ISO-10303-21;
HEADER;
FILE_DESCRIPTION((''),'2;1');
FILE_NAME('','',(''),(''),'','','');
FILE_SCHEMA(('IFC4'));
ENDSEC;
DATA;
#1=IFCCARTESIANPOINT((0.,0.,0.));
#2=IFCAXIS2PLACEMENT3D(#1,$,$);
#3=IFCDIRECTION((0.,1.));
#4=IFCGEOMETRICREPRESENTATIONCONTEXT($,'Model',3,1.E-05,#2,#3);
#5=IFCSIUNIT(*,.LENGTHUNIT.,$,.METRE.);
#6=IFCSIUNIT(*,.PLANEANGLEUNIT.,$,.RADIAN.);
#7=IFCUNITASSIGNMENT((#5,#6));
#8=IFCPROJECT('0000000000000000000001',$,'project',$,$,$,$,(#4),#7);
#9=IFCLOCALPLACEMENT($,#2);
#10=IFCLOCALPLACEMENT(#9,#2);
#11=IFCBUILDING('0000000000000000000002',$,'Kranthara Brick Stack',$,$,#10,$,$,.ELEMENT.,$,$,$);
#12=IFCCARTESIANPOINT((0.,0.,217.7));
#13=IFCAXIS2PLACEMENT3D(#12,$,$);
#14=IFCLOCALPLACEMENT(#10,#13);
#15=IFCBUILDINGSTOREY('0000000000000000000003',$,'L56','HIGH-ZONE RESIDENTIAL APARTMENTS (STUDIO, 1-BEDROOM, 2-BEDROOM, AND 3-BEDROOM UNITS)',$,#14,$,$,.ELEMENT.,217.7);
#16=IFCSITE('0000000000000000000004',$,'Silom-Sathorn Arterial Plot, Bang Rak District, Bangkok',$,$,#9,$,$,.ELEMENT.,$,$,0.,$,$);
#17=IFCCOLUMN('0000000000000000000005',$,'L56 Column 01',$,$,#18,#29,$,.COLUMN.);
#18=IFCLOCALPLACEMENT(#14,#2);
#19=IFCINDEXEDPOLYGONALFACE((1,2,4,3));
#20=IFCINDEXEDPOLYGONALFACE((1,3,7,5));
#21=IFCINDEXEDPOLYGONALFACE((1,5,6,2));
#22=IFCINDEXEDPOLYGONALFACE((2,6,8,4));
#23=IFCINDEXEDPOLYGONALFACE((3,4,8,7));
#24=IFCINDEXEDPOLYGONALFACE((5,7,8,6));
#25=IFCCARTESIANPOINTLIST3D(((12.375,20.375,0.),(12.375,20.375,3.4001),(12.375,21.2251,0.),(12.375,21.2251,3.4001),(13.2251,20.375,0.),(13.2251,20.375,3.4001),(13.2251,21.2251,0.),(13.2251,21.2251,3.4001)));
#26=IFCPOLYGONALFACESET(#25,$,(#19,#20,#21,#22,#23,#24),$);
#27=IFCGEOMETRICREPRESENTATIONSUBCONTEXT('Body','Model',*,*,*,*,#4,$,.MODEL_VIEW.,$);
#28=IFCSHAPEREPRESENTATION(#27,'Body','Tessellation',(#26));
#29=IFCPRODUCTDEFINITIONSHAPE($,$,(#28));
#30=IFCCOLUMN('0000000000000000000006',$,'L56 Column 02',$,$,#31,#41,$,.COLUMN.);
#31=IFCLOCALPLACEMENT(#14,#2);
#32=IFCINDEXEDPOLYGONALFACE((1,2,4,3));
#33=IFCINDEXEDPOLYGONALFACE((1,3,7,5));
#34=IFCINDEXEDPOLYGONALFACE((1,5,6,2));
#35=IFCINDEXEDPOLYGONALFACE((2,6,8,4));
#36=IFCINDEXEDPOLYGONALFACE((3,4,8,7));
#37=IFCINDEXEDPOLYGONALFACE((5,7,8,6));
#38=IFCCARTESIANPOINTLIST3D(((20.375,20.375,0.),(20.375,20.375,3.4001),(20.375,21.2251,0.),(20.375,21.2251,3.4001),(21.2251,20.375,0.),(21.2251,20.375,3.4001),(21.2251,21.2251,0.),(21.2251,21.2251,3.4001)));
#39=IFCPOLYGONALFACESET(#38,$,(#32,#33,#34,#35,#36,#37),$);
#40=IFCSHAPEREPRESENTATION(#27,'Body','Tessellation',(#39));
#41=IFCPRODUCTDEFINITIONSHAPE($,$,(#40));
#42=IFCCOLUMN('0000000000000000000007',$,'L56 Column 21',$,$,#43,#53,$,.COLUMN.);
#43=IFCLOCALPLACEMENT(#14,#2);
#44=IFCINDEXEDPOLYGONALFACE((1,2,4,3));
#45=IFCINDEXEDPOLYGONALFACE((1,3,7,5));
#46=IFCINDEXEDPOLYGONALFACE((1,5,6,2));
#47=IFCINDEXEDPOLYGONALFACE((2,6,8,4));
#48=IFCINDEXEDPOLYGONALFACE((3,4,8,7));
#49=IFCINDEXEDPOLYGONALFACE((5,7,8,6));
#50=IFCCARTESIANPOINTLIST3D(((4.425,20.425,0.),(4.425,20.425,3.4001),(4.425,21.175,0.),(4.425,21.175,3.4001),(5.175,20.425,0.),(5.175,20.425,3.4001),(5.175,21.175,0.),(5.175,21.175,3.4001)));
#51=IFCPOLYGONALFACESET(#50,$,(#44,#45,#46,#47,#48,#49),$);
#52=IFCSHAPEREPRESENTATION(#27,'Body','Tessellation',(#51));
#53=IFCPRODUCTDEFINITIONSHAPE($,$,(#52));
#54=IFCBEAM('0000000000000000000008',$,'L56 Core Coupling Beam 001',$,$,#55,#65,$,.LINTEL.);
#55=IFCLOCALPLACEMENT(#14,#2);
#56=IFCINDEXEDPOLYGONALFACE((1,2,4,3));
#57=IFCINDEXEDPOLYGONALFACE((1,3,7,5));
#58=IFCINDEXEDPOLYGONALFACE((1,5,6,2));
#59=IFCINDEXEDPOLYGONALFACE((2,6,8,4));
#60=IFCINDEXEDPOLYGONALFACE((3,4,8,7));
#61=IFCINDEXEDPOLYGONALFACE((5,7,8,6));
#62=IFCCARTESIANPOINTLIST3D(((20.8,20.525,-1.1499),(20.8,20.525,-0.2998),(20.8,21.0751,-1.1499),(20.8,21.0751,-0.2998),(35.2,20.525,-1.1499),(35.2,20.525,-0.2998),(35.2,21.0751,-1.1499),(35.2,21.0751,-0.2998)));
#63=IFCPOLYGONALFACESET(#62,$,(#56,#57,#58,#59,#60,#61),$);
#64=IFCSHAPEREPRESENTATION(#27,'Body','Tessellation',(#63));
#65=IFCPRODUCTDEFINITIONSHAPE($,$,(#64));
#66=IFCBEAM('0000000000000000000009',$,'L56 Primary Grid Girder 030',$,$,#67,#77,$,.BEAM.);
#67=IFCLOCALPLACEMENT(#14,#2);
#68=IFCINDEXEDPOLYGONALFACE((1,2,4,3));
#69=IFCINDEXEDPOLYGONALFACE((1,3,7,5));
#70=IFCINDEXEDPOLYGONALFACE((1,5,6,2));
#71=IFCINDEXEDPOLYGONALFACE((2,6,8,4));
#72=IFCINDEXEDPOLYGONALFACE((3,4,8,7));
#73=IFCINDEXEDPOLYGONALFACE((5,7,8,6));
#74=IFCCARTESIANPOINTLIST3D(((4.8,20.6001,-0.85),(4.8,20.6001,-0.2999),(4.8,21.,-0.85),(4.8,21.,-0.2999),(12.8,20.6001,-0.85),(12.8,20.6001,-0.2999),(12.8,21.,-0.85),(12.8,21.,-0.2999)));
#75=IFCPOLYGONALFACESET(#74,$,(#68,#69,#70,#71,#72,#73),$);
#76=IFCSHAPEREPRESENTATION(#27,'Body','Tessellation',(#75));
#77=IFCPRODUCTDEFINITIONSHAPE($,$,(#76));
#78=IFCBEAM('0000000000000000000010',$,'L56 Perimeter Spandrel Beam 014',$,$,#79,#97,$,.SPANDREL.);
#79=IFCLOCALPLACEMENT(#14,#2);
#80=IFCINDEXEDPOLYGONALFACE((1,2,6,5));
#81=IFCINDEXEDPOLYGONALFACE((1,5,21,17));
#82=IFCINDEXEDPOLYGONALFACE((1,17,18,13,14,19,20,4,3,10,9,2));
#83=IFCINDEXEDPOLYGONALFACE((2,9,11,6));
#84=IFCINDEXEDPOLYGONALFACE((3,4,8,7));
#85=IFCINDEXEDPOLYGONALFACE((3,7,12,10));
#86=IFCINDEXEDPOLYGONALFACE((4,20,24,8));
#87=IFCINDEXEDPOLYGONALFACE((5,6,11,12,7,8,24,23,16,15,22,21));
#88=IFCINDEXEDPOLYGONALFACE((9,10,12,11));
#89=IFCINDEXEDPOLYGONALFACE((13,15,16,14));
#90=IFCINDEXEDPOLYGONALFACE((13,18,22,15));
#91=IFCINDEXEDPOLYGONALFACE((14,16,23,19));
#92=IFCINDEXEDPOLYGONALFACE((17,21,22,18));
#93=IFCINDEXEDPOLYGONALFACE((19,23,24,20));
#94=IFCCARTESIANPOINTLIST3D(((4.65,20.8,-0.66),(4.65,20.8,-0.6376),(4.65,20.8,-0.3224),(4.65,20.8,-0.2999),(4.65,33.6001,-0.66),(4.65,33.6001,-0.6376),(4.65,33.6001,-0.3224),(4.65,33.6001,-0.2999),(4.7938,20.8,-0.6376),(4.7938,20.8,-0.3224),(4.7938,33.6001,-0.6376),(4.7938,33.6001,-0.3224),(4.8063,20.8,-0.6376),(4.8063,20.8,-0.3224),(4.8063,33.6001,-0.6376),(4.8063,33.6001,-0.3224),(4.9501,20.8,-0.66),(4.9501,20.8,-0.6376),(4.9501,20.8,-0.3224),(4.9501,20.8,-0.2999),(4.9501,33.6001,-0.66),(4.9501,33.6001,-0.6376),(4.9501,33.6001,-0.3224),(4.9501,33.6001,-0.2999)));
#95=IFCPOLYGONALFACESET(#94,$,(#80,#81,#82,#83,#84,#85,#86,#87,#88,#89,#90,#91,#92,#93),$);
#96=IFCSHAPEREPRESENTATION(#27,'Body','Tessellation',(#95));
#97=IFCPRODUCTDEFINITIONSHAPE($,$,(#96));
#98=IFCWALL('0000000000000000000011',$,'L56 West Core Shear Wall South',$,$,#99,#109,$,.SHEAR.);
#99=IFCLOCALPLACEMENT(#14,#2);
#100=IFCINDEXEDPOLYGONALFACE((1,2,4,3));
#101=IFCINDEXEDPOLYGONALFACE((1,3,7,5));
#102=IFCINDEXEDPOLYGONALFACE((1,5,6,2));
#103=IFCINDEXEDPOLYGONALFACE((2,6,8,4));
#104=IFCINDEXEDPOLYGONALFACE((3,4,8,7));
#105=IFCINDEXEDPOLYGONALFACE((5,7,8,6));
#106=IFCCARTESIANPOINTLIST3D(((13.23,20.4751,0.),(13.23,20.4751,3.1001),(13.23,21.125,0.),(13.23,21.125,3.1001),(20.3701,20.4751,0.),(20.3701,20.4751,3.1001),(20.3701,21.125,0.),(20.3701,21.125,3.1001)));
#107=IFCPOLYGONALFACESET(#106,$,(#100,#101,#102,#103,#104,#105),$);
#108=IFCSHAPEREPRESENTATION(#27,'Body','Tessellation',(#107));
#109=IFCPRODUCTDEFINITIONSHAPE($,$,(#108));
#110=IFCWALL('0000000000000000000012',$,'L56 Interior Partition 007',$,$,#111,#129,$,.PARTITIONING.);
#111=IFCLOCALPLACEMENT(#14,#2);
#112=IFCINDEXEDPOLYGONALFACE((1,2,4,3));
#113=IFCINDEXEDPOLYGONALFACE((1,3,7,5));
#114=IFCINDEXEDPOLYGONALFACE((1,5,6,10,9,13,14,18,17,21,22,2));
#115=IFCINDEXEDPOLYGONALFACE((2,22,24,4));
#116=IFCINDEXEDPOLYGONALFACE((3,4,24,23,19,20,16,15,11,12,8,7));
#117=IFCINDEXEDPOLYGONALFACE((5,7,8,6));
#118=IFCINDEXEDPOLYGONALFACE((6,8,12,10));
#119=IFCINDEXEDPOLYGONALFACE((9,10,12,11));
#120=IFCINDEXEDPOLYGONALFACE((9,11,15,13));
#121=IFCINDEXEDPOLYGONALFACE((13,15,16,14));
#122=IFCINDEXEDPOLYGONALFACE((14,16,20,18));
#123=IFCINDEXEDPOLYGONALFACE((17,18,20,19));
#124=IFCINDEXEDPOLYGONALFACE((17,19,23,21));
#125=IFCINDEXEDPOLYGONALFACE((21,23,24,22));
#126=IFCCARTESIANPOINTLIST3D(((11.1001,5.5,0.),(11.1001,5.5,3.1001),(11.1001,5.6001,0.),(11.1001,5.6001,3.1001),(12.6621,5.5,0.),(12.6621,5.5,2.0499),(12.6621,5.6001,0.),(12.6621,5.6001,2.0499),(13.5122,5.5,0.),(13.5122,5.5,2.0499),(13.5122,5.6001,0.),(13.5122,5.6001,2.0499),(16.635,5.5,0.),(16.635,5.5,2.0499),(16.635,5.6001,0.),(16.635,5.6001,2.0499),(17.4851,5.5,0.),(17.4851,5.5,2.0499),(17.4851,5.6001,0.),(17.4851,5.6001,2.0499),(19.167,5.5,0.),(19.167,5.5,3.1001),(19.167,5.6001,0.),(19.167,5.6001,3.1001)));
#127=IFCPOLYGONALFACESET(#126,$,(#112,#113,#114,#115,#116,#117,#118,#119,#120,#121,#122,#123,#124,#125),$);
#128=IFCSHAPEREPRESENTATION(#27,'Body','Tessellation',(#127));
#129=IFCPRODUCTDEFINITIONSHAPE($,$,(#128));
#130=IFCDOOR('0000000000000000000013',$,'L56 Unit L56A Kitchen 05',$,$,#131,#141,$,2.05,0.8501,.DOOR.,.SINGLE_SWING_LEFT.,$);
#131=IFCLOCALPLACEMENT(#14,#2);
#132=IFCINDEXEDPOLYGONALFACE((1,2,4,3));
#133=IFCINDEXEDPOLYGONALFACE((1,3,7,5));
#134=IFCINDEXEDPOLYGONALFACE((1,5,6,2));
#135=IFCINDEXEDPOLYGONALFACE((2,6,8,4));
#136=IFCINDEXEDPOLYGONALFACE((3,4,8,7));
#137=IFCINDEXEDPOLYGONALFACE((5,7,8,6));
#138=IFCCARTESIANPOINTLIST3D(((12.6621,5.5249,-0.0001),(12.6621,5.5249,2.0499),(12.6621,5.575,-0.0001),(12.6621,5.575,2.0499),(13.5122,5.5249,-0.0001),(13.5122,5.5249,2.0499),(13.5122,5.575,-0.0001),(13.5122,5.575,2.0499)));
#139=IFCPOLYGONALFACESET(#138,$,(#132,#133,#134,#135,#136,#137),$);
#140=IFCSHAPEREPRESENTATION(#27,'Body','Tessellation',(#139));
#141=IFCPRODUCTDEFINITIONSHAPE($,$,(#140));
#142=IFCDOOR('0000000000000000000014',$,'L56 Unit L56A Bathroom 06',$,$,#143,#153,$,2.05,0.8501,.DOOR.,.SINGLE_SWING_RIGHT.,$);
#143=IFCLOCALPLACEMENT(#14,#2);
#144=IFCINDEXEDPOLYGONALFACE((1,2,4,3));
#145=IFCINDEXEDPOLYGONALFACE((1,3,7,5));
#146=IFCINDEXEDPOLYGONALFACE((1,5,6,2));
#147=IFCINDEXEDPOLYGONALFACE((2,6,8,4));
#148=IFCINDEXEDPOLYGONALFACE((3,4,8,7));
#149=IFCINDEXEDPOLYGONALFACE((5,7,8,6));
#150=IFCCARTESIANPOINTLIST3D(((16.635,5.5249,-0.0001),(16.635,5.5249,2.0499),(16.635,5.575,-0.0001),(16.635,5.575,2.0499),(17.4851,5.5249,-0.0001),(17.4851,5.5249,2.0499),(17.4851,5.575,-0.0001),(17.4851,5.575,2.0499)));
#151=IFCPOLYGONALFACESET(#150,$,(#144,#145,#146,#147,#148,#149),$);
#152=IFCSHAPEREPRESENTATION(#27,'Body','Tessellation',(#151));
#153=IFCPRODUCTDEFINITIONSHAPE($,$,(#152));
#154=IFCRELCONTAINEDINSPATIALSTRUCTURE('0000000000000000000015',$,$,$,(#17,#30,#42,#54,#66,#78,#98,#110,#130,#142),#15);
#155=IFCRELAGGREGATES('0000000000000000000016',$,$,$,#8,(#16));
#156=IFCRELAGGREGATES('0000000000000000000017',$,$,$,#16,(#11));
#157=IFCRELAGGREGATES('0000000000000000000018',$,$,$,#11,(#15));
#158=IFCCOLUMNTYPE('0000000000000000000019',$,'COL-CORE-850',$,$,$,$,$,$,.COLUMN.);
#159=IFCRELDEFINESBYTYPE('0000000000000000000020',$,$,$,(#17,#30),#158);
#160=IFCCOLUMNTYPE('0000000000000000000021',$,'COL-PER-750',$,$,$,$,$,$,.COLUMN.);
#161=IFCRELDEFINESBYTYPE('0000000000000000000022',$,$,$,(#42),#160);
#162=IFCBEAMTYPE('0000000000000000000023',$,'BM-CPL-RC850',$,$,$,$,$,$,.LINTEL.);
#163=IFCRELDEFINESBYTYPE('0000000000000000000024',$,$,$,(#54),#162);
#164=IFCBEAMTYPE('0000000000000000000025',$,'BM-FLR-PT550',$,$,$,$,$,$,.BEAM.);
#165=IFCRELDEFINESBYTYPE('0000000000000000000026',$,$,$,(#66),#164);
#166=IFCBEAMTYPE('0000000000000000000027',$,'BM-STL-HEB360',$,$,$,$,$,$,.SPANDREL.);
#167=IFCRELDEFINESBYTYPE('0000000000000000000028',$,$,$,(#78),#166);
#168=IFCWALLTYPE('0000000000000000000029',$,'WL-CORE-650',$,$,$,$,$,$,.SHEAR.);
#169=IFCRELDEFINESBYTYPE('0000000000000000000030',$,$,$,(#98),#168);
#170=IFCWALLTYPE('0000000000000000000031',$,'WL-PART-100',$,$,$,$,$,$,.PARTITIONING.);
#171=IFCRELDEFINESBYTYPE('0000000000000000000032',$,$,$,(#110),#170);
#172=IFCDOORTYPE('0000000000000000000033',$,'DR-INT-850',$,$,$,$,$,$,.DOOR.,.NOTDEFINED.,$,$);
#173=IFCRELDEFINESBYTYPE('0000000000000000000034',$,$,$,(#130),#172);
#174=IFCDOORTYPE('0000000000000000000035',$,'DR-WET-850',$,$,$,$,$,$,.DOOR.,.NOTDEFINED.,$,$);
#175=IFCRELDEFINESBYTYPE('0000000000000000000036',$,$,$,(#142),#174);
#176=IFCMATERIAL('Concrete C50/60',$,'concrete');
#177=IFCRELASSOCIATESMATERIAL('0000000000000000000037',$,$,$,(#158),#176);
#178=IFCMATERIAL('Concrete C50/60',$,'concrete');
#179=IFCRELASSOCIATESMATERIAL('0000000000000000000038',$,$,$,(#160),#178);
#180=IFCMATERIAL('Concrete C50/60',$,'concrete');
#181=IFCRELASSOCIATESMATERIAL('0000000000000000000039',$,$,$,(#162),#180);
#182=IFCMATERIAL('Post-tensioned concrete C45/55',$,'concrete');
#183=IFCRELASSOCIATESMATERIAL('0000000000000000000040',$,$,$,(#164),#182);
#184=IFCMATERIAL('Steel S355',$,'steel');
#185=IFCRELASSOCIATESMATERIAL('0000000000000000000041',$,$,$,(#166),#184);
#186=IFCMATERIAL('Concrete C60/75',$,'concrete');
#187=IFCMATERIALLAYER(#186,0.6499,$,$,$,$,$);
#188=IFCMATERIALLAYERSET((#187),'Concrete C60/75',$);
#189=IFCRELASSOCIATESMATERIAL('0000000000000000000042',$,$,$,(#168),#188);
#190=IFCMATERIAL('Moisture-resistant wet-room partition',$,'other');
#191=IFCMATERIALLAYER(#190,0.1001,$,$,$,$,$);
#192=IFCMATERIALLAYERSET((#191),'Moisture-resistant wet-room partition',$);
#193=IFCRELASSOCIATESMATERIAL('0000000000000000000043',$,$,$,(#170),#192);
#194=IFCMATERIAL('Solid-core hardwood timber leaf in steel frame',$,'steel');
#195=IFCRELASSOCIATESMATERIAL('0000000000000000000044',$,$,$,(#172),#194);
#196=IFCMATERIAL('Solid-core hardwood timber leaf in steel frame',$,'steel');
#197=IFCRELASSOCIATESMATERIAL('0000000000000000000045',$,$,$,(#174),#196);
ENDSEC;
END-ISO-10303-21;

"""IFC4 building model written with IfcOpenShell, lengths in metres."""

from ifc_helpers import new_model, si_unit, direction, frame, frame_2d, origin, origin_2d, place, context, subcontext, project, spatial, rectangle, i_section, extrude, material, layer, layer_set, material_profile, profile_set, type_object, element, fill, save


model = new_model("IFC4")

# Units and contexts
model_context = context("Model", 3, precision=1e-05, world=origin(), true_north=direction((0.0, 1.0)))
body_context = subcontext(model_context, "Body", "Model", "MODEL_VIEW")
ifc_project = project(units=[si_unit("LENGTHUNIT", "METRE"), si_unit("PLANEANGLEUNIT", "RADIAN")], contexts=[model_context])

# Site, building, storey
site_placement = place(None, origin())
site = spatial("IfcSite", under=ifc_project, at=site_placement, Name="Silom-Sathorn Arterial Plot, Bang Rak District, Bangkok", CompositionType="ELEMENT", RefElevation=0.0)
building_placement = place(site_placement, origin())
building = spatial("IfcBuilding", under=site, at=building_placement, Name="Kranthara Brick Stack", CompositionType="ELEMENT")
storey_placement = place(building_placement, frame((0.0, 0.0, 217.7)))
storey = spatial("IfcBuildingStorey", under=building, at=storey_placement, Name="L56", Description="HIGH-ZONE RESIDENTIAL APARTMENTS (STUDIO, 1-BEDROOM, 2-BEDROOM, AND 3-BEDROOM UNITS)", CompositionType="ELEMENT", Elevation=217.7)

# Columns
ifc_material_1 = material(Name="Concrete C50/60", Category="concrete")
ifc_material_profile_1 = material_profile(ifc_material_1, rectangle(XDim=0.8501, YDim=0.8501, at=origin_2d()), Name="RC 850x850")
ifc_profile_set_1 = profile_set([ifc_material_profile_1], Name="Concrete C50/60")
column_type_1 = type_object("IfcColumnType", Name="COL-CORE-850", PredefinedType="COLUMN", material=ifc_profile_set_1)
for number, where, z_axis, x_axis, name in (
    (1, (12.8, 20.8, 0.0), (0.0, 0.0, 1.0), (1.0, 0.0, 0.0), "L56 Column 01"),
    (2, (20.8, 20.8, 0.0), (0.0, 0.0, 1.0), (1.0, 0.0, 0.0), "L56 Column 02"),
):
    element("IfcColumn", number, at=place(storey_placement, frame(where, z_axis=z_axis, x_axis=x_axis)), inside=storey, type_object=column_type_1, Name=name, PredefinedType="COLUMN", context=body_context, shape_type="SweptSolid", body=[
        extrude(rectangle(XDim=0.8501, YDim=0.8501, at=origin_2d()), origin(), (0.0, 0.0, 1.0), 3.4001),
    ])
ifc_material_2 = material(Name="Concrete C50/60", Category="concrete")
ifc_material_profile_2 = material_profile(ifc_material_2, rectangle(XDim=0.75, YDim=0.75, at=origin_2d()), Name="RC 750x750")
ifc_profile_set_2 = profile_set([ifc_material_profile_2], Name="Concrete C50/60")
column_type_2 = type_object("IfcColumnType", Name="COL-PER-750", PredefinedType="COLUMN", material=ifc_profile_set_2)
column_placement = place(storey_placement, frame((4.8, 20.8, 0.0), z_axis=(0.0, 0.0, 1.0), x_axis=(1.0, 0.0, 0.0)))
element("IfcColumn", 3, at=column_placement, inside=storey, type_object=column_type_2, Name="L56 Column 21", PredefinedType="COLUMN", context=body_context, shape_type="SweptSolid", body=[
    extrude(rectangle(XDim=0.75, YDim=0.75, at=origin_2d()), origin(), (0.0, 0.0, 1.0), 3.4001),
])

# Beams
ifc_material_3 = material(Name="Concrete C50/60", Category="concrete")
ifc_material_profile_3 = material_profile(ifc_material_3, rectangle(XDim=0.55, YDim=0.8501, at=origin_2d()), Name="RC 550x850")
ifc_profile_set_3 = profile_set([ifc_material_profile_3], Name="Concrete C50/60")
beam_type_1 = type_object("IfcBeamType", Name="BM-CPL-RC850", PredefinedType="LINTEL", material=ifc_profile_set_3)
beam_1_placement = place(storey_placement, frame((20.8, 20.8, -0.7249), z_axis=(1.0, 0.0, 0.0), x_axis=(0.0, 1.0, 0.0)))
element("IfcBeam", 4, at=beam_1_placement, inside=storey, type_object=beam_type_1, Name="L56 Core Coupling Beam 001", PredefinedType="LINTEL", context=body_context, shape_type="SweptSolid", body=[
    extrude(rectangle(XDim=0.55, YDim=0.8501, at=origin_2d()), origin(), (0.0, 0.0, 1.0), 14.3999),
])
ifc_material_4 = material(Name="Post-tensioned concrete C45/55", Category="concrete")
ifc_material_profile_4 = material_profile(ifc_material_4, rectangle(XDim=0.3999, YDim=0.55, at=origin_2d()), Name="PT 400x550")
ifc_profile_set_4 = profile_set([ifc_material_profile_4], Name="Post-tensioned concrete C45/55")
beam_type_2 = type_object("IfcBeamType", Name="BM-FLR-PT550", PredefinedType="BEAM", material=ifc_profile_set_4)
beam_2_placement = place(storey_placement, frame((4.8, 20.8, -0.575), z_axis=(1.0, 0.0, 0.0), x_axis=(0.0, 1.0, 0.0)))
element("IfcBeam", 5, at=beam_2_placement, inside=storey, type_object=beam_type_2, Name="L56 Primary Grid Girder 030", PredefinedType="BEAM", context=body_context, shape_type="SweptSolid", body=[
    extrude(rectangle(XDim=0.3999, YDim=0.55, at=origin_2d()), origin(), (0.0, 0.0, 1.0), 8.0),
])
ifc_material_5 = material(Name="Steel S355", Category="steel")
ifc_material_profile_5 = material_profile(ifc_material_5, i_section(OverallWidth=0.3, OverallDepth=0.3601, WebThickness=0.0125, FlangeThickness=0.0225, at=origin_2d()), Name="HEB 360")
ifc_profile_set_5 = profile_set([ifc_material_profile_5], Name="Steel S355")
beam_type_3 = type_object("IfcBeamType", Name="BM-STL-HEB360", PredefinedType="SPANDREL", material=ifc_profile_set_5)
beam_3_placement = place(storey_placement, frame((4.8, 20.8, -0.48), z_axis=(0.0, 1.0, 0.0), x_axis=(-1.0, 0.0, 0.0)))
element("IfcBeam", 6, at=beam_3_placement, inside=storey, type_object=beam_type_3, Name="L56 Perimeter Spandrel Beam 014", PredefinedType="SPANDREL", context=body_context, shape_type="SweptSolid", body=[
    extrude(i_section(OverallWidth=0.3, OverallDepth=0.3601, WebThickness=0.0125, FlangeThickness=0.0225, at=origin_2d()), origin(), (0.0, 0.0, 1.0), 12.8),
])

# Wall
ifc_material_6 = material(Name="Concrete C60/75", Category="concrete")
ifc_layer_1 = layer(ifc_material_6, 0.6499)
ifc_layer_set_1 = layer_set([ifc_layer_1], Name="Concrete C60/75")
wall_type_1 = type_object("IfcWallType", Name="WL-CORE-650", PredefinedType="SHEAR", material=ifc_layer_set_1)
wall_1_placement = place(storey_placement, frame((13.23, 20.8, 0.0), z_axis=(0.0, 0.0, 1.0), x_axis=(1.0, 0.0, 0.0)))
element("IfcWall", 7, at=wall_1_placement, inside=storey, type_object=wall_type_1, Name="L56 West Core Shear Wall South", PredefinedType="SHEAR", context=body_context, shape_type="SweptSolid", body=[
    extrude(rectangle(XDim=7.1401, YDim=0.6499, at=frame_2d((3.5701, 0.0))), origin(), (0.0, 0.0, 1.0), 3.1001),
])

# Wall, openings, doors
ifc_material_7 = material(Name="Moisture-resistant wet-room partition", Category="other")
ifc_layer_2 = layer(ifc_material_7, 0.1001)
ifc_layer_set_2 = layer_set([ifc_layer_2], Name="Moisture-resistant wet-room partition")
wall_type_2 = type_object("IfcWallType", Name="WL-PART-100", PredefinedType="PARTITIONING", material=ifc_layer_set_2)
wall_2_placement = place(storey_placement, frame((11.1001, 5.55, 0.0), z_axis=(0.0, 0.0, 1.0), x_axis=(1.0, 0.0, 0.0)))
wall_2 = element("IfcWall", 8, at=wall_2_placement, inside=storey, type_object=wall_type_2, Name="L56 Interior Partition 007", PredefinedType="PARTITIONING", context=body_context, shape_type="SweptSolid", body=[
    extrude(rectangle(XDim=8.0669, YDim=0.1001, at=frame_2d((4.0334, 0.0))), origin(), (0.0, 0.0, 1.0), 3.1001),
])
opening_1_placement = place(wall_2_placement, frame((1.562, 0.0, 0.0)))
opening_1 = element("IfcOpeningElement", 9, at=opening_1_placement, cuts=wall_2, PredefinedType="OPENING", context=body_context, shape_type="SweptSolid", body=[
    extrude(rectangle(XDim=0.8501, YDim=2.05, at=frame_2d((0.425, 1.0249))), frame((0.0, 0.0601, 0.0), z_axis=(0.0, -1.0, 0.0), x_axis=(1.0, 0.0, 0.0)), (0.0, 0.0, 1.0), 0.1201),
])
opening_2_placement = place(wall_2_placement, frame((5.5349, 0.0, 0.0)))
opening_2 = element("IfcOpeningElement", 10, at=opening_2_placement, cuts=wall_2, PredefinedType="OPENING", context=body_context, shape_type="SweptSolid", body=[
    extrude(rectangle(XDim=0.8501, YDim=2.05, at=frame_2d((0.425, 1.0249))), frame((0.0, 0.0601, 0.0), z_axis=(0.0, -1.0, 0.0), x_axis=(1.0, 0.0, 0.0)), (0.0, 0.0, 1.0), 0.1201),
])
ifc_material_8 = material(Name="Solid-core hardwood timber leaf in steel frame", Category="steel")
door_type_1 = type_object("IfcDoorType", Name="DR-INT-850", OperationType="NOTDEFINED", PredefinedType="DOOR", material=ifc_material_8)
door_1_placement = place(opening_1_placement, origin())
door_1 = element("IfcDoor", 11, at=door_1_placement, inside=storey, type_object=door_type_1, Name="L56 Unit L56A Kitchen 05", OperationType="SINGLE_SWING_LEFT", OverallHeight=2.05, OverallWidth=0.8501, PredefinedType="DOOR", context=body_context, shape_type="SweptSolid", body=[
    extrude(rectangle(XDim=0.8501, YDim=2.05, at=frame_2d((0.425, 1.0249))), frame((0.0, 0.0249, 0.0), z_axis=(0.0, -1.0, 0.0), x_axis=(1.0, 0.0, 0.0)), (0.0, 0.0, 1.0), 0.05),
])
fill(opening_1, door_1)
ifc_material_9 = material(Name="Solid-core hardwood timber leaf in steel frame", Category="steel")
door_type_2 = type_object("IfcDoorType", Name="DR-WET-850", OperationType="NOTDEFINED", PredefinedType="DOOR", material=ifc_material_9)
door_2_placement = place(opening_2_placement, origin())
door_2 = element("IfcDoor", 12, at=door_2_placement, inside=storey, type_object=door_type_2, Name="L56 Unit L56A Bathroom 06", OperationType="SINGLE_SWING_RIGHT", OverallHeight=2.05, OverallWidth=0.8501, PredefinedType="DOOR", context=body_context, shape_type="SweptSolid", body=[
    extrude(rectangle(XDim=0.8501, YDim=2.05, at=frame_2d((0.425, 1.0249))), frame((0.0, 0.0249, 0.0), z_axis=(0.0, -1.0, 0.0), x_axis=(1.0, 0.0, 0.0)), (0.0, 0.0, 1.0), 0.05),
])
fill(opening_2, door_2)

save(model, "model.ifc")
